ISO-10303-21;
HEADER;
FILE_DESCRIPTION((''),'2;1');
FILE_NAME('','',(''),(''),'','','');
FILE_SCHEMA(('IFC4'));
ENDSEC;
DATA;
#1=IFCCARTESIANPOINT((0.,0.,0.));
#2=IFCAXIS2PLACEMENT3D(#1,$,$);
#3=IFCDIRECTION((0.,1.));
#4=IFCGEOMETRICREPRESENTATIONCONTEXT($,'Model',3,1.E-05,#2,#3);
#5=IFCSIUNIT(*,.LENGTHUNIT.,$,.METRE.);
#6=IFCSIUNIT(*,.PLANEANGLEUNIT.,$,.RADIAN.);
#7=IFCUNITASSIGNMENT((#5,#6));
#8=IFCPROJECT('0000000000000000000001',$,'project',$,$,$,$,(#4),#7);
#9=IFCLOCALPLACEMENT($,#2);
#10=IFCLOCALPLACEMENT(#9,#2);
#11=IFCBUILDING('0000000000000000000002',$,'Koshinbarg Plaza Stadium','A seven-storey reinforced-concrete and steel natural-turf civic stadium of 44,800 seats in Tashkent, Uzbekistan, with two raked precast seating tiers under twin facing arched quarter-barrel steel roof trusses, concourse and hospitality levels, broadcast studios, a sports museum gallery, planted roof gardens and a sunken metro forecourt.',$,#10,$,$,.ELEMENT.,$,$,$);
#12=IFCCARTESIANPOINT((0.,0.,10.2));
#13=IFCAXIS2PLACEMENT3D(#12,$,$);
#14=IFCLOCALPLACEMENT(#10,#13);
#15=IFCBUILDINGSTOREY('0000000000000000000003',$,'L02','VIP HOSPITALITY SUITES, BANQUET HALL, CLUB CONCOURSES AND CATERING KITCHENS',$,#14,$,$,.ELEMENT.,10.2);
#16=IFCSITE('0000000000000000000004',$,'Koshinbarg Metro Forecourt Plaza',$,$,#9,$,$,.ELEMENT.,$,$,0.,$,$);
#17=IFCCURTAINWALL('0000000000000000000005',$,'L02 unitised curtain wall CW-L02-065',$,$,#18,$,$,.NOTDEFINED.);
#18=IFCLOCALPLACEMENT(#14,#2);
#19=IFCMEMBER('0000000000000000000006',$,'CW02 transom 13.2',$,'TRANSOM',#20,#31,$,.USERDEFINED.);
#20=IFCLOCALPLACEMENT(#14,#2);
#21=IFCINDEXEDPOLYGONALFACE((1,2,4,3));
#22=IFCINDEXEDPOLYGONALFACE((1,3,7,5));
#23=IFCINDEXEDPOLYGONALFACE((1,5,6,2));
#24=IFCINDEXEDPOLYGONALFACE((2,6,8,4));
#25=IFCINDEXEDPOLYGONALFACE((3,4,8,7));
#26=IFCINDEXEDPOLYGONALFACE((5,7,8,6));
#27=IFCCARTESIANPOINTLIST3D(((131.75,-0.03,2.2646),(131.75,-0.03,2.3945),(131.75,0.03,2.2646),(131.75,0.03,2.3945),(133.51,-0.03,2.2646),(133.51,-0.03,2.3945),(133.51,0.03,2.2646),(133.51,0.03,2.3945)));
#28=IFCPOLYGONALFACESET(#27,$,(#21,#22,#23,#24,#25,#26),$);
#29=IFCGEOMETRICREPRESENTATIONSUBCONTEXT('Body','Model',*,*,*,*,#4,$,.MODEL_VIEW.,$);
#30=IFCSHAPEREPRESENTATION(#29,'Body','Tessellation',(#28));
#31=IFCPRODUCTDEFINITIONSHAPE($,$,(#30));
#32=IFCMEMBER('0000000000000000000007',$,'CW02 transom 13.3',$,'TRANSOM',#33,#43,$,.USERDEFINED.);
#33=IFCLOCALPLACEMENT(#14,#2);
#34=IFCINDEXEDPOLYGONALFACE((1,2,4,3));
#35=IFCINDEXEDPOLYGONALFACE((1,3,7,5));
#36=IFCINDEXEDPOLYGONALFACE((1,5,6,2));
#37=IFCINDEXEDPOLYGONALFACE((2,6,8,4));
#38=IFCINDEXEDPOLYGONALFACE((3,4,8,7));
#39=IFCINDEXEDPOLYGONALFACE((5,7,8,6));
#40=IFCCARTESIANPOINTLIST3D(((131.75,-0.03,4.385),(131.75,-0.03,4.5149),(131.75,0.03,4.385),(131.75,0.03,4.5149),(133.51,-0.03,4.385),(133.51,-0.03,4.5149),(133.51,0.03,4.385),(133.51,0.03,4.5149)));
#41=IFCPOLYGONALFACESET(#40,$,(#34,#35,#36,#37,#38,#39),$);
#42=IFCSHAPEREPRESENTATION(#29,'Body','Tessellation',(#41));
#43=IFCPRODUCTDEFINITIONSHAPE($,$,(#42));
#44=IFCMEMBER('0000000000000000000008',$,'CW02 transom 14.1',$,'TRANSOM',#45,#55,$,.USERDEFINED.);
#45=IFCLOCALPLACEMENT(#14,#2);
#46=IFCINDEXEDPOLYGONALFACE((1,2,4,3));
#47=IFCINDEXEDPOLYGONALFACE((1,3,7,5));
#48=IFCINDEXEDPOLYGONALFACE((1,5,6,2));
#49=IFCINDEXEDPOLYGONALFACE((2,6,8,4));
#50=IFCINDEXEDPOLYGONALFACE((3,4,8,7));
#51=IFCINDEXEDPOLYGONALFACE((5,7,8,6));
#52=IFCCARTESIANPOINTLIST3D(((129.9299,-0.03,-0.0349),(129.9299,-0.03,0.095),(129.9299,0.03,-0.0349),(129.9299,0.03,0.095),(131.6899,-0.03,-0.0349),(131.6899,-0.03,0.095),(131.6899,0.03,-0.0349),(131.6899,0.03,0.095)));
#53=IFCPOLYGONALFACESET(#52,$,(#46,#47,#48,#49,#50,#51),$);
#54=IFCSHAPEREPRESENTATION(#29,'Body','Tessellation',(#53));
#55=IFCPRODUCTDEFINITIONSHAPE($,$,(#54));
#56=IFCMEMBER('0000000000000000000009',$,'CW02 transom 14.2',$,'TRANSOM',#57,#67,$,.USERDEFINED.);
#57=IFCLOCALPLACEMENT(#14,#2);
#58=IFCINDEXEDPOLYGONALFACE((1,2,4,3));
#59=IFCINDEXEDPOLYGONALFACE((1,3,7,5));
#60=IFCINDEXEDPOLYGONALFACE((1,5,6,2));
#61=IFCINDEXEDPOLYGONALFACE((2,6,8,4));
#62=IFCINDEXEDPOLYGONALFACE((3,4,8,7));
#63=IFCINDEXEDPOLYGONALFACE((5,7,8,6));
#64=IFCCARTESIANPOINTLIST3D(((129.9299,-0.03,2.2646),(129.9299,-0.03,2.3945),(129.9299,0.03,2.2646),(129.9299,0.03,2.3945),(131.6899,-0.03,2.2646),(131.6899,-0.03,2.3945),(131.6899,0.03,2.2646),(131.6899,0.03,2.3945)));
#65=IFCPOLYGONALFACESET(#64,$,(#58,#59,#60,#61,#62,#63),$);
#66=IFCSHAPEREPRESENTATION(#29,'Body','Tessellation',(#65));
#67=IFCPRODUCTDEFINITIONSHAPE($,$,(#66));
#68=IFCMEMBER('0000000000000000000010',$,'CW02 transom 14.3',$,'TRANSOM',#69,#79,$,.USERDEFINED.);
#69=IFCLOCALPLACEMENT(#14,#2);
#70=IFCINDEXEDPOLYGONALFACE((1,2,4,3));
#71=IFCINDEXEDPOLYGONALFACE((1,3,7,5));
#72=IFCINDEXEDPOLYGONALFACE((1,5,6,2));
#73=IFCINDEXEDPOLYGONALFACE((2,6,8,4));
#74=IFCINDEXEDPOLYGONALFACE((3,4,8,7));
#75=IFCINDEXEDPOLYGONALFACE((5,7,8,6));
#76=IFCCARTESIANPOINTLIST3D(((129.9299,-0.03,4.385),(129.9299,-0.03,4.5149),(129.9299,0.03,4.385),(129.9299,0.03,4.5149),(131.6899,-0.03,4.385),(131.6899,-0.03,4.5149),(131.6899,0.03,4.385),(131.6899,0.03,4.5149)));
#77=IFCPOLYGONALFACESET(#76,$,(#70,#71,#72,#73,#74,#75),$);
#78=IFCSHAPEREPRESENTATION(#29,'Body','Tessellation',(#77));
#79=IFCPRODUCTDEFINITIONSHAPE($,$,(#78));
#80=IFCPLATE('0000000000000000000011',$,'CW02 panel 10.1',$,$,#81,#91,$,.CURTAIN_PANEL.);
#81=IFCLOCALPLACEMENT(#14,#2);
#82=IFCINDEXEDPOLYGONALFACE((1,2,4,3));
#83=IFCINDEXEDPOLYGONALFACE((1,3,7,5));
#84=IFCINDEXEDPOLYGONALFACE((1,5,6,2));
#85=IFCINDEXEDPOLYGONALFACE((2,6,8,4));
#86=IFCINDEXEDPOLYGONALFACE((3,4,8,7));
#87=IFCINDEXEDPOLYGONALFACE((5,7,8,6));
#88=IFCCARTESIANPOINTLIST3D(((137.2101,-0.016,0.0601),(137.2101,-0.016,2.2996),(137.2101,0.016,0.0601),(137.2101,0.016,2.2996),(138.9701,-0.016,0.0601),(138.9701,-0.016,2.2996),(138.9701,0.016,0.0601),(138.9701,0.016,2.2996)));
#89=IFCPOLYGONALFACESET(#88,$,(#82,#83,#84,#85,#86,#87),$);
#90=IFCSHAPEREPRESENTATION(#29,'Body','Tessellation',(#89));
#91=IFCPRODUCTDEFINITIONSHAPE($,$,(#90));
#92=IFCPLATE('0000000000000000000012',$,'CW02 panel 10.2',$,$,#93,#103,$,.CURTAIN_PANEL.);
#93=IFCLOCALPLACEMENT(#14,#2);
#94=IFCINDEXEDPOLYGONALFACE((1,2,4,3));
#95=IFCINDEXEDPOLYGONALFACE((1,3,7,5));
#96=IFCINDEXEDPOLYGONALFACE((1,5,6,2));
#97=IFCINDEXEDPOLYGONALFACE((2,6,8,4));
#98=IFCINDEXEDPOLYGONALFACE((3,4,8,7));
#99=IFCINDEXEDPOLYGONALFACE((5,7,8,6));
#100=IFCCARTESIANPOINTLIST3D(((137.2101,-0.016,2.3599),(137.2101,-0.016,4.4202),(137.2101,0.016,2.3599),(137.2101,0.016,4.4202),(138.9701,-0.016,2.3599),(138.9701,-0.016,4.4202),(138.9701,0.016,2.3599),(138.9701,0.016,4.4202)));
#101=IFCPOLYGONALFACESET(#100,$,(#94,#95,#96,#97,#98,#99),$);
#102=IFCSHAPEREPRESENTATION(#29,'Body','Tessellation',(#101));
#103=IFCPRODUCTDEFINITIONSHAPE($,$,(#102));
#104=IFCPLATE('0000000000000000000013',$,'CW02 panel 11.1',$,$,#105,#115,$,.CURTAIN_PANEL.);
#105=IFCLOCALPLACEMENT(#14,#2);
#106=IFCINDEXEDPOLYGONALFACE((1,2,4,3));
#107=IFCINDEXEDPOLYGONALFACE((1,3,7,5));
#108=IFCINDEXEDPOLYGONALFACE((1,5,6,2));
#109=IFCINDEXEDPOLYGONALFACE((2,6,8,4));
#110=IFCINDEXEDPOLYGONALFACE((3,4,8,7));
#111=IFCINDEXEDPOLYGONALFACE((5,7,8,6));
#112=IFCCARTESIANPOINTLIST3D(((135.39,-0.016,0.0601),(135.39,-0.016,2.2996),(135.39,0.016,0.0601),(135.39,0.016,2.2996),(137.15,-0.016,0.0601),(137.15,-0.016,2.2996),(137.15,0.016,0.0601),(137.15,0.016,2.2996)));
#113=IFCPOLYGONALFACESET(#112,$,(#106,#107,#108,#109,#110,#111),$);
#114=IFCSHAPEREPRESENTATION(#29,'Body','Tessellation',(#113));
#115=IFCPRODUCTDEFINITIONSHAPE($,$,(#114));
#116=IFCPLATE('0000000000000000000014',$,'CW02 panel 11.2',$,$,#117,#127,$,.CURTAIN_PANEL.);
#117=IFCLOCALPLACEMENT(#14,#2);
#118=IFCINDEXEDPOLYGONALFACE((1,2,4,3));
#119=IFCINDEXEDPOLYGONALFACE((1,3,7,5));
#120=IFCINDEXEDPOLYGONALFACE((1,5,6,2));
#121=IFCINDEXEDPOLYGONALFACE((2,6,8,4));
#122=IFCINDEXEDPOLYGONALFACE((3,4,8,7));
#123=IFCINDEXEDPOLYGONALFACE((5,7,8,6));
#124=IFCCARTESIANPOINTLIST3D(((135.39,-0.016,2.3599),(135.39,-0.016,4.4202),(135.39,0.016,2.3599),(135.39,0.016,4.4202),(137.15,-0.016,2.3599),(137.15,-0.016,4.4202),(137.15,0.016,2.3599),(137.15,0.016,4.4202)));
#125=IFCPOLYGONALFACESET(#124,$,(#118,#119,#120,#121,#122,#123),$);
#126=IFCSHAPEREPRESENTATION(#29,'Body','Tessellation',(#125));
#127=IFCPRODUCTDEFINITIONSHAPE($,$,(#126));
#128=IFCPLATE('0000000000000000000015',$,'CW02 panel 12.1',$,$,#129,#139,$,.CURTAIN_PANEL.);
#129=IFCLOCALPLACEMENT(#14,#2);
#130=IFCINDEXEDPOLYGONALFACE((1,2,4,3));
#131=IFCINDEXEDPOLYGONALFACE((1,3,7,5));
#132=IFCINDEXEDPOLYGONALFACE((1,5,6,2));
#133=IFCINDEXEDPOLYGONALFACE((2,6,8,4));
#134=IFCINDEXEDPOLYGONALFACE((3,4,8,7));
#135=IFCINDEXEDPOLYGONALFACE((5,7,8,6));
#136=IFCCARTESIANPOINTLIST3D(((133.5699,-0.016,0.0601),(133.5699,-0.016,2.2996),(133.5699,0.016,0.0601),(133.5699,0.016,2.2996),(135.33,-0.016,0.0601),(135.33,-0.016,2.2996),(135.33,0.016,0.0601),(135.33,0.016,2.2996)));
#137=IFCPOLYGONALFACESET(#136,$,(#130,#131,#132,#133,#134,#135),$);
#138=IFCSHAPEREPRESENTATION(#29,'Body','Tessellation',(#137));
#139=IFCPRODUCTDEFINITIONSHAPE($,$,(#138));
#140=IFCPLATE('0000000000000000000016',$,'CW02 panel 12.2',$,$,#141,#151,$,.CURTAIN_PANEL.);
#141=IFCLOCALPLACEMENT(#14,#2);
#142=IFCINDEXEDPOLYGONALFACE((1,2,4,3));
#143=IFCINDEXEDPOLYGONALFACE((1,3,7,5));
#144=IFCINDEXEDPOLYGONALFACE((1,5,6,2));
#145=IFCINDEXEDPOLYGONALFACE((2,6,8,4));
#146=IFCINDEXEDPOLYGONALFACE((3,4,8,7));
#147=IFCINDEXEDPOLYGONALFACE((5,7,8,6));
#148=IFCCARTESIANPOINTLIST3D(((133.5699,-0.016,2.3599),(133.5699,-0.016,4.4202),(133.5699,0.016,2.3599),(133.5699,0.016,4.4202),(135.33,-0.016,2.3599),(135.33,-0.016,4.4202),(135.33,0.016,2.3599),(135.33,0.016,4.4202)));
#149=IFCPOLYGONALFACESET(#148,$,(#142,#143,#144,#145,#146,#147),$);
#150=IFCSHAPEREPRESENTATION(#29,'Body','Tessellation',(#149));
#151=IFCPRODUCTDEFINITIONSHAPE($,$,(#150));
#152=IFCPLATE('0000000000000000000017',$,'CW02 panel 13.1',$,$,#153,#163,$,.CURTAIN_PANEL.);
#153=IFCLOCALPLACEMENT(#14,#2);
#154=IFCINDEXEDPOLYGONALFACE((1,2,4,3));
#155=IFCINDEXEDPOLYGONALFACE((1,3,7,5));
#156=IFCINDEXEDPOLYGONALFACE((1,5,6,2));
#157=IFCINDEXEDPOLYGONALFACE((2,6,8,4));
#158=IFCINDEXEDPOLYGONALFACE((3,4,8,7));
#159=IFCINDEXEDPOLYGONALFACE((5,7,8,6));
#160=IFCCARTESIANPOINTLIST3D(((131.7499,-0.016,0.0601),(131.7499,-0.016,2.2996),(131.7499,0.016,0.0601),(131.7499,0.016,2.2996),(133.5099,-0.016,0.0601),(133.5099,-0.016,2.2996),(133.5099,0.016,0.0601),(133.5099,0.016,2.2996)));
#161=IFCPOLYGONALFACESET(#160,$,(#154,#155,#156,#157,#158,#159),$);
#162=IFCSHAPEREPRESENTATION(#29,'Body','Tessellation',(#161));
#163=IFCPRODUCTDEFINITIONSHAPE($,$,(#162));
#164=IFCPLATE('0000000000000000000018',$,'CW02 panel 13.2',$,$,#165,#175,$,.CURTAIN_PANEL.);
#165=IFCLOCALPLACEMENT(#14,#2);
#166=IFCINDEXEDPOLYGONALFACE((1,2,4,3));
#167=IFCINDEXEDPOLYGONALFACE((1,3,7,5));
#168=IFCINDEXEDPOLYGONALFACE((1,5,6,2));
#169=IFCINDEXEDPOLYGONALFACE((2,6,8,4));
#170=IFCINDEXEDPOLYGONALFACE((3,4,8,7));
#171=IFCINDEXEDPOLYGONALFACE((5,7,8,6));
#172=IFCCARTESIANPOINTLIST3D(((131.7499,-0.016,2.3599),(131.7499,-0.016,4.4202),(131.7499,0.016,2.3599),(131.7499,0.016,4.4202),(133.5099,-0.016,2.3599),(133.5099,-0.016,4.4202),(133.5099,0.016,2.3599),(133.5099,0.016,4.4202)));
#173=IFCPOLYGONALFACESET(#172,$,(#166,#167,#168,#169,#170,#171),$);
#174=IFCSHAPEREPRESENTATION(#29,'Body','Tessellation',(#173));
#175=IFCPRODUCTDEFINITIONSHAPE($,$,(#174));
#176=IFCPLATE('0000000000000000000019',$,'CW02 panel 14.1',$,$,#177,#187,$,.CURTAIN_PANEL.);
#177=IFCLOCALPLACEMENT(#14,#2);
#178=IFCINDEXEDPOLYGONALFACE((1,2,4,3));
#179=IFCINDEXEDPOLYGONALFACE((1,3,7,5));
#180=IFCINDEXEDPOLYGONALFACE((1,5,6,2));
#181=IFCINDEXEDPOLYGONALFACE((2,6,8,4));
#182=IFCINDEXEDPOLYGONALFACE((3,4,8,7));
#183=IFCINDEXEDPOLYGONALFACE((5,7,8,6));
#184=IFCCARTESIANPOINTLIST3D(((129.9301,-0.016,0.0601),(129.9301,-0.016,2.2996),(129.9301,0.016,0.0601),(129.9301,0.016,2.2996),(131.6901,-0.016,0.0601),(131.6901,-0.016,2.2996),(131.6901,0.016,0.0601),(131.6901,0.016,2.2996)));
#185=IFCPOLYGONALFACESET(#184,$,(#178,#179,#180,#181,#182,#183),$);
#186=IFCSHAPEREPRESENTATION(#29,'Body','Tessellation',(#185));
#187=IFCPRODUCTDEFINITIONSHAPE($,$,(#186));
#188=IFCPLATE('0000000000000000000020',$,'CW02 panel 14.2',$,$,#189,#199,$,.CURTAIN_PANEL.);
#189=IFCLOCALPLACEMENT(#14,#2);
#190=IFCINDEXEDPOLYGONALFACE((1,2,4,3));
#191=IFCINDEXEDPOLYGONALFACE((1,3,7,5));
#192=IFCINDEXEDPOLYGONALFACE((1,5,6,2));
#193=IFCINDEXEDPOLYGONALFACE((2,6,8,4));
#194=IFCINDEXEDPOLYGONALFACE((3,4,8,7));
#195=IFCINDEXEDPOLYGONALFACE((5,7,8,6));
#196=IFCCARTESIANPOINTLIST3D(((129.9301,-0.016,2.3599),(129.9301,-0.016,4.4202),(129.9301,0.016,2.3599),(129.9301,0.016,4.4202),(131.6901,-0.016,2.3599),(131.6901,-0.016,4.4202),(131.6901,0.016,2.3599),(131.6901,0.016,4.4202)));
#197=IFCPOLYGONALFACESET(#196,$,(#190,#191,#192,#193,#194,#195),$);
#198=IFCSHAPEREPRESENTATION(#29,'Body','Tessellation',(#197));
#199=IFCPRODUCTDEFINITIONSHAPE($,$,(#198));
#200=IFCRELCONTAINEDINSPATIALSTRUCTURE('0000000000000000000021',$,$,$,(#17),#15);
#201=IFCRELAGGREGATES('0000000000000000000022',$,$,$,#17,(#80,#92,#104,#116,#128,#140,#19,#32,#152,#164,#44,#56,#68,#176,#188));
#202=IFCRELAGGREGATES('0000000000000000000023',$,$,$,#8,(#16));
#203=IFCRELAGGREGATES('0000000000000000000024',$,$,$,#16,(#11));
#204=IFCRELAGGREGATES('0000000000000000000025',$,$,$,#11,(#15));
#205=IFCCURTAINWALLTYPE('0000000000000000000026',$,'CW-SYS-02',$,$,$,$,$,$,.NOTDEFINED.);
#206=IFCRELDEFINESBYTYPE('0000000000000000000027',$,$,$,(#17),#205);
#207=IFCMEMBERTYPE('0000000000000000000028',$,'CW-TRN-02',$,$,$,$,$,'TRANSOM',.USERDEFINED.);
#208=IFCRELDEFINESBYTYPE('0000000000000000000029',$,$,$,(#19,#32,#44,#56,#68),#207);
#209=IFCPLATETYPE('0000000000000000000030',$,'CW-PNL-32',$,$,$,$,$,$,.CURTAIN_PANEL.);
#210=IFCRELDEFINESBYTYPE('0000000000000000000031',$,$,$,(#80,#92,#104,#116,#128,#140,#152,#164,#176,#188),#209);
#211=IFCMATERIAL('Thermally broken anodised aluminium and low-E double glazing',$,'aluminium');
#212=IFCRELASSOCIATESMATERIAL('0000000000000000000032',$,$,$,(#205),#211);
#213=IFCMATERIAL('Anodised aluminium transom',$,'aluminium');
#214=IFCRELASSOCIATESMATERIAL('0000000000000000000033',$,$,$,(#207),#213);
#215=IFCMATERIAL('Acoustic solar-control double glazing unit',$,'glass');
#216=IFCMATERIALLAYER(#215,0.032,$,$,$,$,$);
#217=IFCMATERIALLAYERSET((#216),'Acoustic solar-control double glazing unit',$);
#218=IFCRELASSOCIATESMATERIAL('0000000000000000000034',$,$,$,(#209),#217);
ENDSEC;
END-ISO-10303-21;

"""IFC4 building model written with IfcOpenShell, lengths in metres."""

from ifc_helpers import new_model, si_unit, direction, frame, origin, origin_2d, place, context, subcontext, project, spatial, rectangle, extrude, material, layer, layer_set, material_profile, profile_set, type_object, element, aggregate, save


model = new_model("IFC4")

# Units and contexts
model_context = context("Model", 3, precision=1e-05, world=origin(), true_north=direction((0.0, 1.0)))
body_context = subcontext(model_context, "Body", "Model", "MODEL_VIEW")
ifc_project = project(units=[si_unit("LENGTHUNIT", "METRE"), si_unit("PLANEANGLEUNIT", "RADIAN")], contexts=[model_context])

# Site, building, storey
site_placement = place(None, origin())
site = spatial("IfcSite", under=ifc_project, at=site_placement, Name="Koshinbarg Metro Forecourt Plaza", CompositionType="ELEMENT", RefElevation=0.0)
building_placement = place(site_placement, origin())
building = spatial("IfcBuilding", under=site, at=building_placement, Name="Koshinbarg Plaza Stadium", Description="A seven-storey reinforced-concrete and steel natural-turf civic stadium of 44,800 seats in Tashkent, Uzbekistan, with two raked precast seating tiers under twin facing arched quarter-barrel steel roof trusses, concourse and hospitality levels, broadcast studios, a sports museum gallery, planted roof gardens and a sunken metro forecourt.", CompositionType="ELEMENT")
storey_placement = place(building_placement, frame((0.0, 0.0, 10.2)))
storey = spatial("IfcBuildingStorey", under=building, at=storey_placement, Name="L02", Description="VIP HOSPITALITY SUITES, BANQUET HALL, CLUB CONCOURSES AND CATERING KITCHENS", CompositionType="ELEMENT", Elevation=10.2)

# Curtain wall, members, plates
ifc_material_1 = material(Name="Thermally broken anodised aluminium and low-E double glazing", Category="aluminium")
curtain_wall_type = type_object("IfcCurtainWallType", Name="CW-SYS-02", PredefinedType="NOTDEFINED", material=ifc_material_1)
curtain_wall_placement = place(storey_placement, origin())
curtain_wall = element("IfcCurtainWall", 1, at=curtain_wall_placement, inside=storey, type_object=curtain_wall_type, Name="L02 unitised curtain wall CW-L02-065", PredefinedType="NOTDEFINED")
ifc_material_2 = material(Name="Anodised aluminium transom", Category="aluminium")
ifc_material_profile_1 = material_profile(ifc_material_2, rectangle(XDim=0.0601, YDim=0.1299, at=origin_2d()), Name="ALU 60x130")
ifc_profile_set_1 = profile_set([ifc_material_profile_1], Name="Anodised aluminium transom")
member_type_1 = type_object("IfcMemberType", Name="CW-TRN-02", ElementType="TRANSOM", PredefinedType="USERDEFINED", material=ifc_profile_set_1)
member_1_placement = place(storey_placement, frame((133.51, 0.0, 2.3296), z_axis=(-1.0, 0.0, 0.0), x_axis=(0.0, -1.0, 0.0)))
member_1 = element("IfcMember", 2, at=member_1_placement, type_object=member_type_1, Name="CW02 transom 13.2", ObjectType="TRANSOM", PredefinedType="USERDEFINED", context=body_context, shape_type="SweptSolid", body=[
    extrude(rectangle(XDim=0.0601, YDim=0.1299, at=origin_2d()), origin(), (0.0, 0.0, 1.0), 1.76),
])
member_2_placement = place(storey_placement, frame((133.51, 0.0, 4.45), z_axis=(-1.0, 0.0, 0.0), x_axis=(0.0, -1.0, 0.0)))
member_2 = element("IfcMember", 3, at=member_2_placement, type_object=member_type_1, Name="CW02 transom 13.3", ObjectType="TRANSOM", PredefinedType="USERDEFINED", context=body_context, shape_type="SweptSolid", body=[
    extrude(rectangle(XDim=0.0601, YDim=0.1299, at=origin_2d()), origin(), (0.0, 0.0, 1.0), 1.76),
])
member_3_placement = place(storey_placement, frame((131.6899, 0.0, 0.03), z_axis=(-1.0, 0.0, 0.0), x_axis=(0.0, -1.0, 0.0)))
member_3 = element("IfcMember", 4, at=member_3_placement, type_object=member_type_1, Name="CW02 transom 14.1", ObjectType="TRANSOM", PredefinedType="USERDEFINED", context=body_context, shape_type="SweptSolid", body=[
    extrude(rectangle(XDim=0.0601, YDim=0.1299, at=origin_2d()), origin(), (0.0, 0.0, 1.0), 1.76),
])
member_4_placement = place(storey_placement, frame((131.6899, 0.0, 2.3296), z_axis=(-1.0, 0.0, 0.0), x_axis=(0.0, -1.0, 0.0)))
member_4 = element("IfcMember", 5, at=member_4_placement, type_object=member_type_1, Name="CW02 transom 14.2", ObjectType="TRANSOM", PredefinedType="USERDEFINED", context=body_context, shape_type="SweptSolid", body=[
    extrude(rectangle(XDim=0.0601, YDim=0.1299, at=origin_2d()), origin(), (0.0, 0.0, 1.0), 1.76),
])
member_5_placement = place(storey_placement, frame((131.6899, 0.0, 4.45), z_axis=(-1.0, 0.0, 0.0), x_axis=(0.0, -1.0, 0.0)))
member_5 = element("IfcMember", 6, at=member_5_placement, type_object=member_type_1, Name="CW02 transom 14.3", ObjectType="TRANSOM", PredefinedType="USERDEFINED", context=body_context, shape_type="SweptSolid", body=[
    extrude(rectangle(XDim=0.0601, YDim=0.1299, at=origin_2d()), origin(), (0.0, 0.0, 1.0), 1.76),
])
ifc_material_3 = material(Name="Acoustic solar-control double glazing unit", Category="glass")
ifc_layer = layer(ifc_material_3, 0.032)
ifc_layer_set = layer_set([ifc_layer], Name="Acoustic solar-control double glazing unit")
plate_type = type_object("IfcPlateType", Name="CW-PNL-32", PredefinedType="CURTAIN_PANEL", material=ifc_layer_set)
plate_1_placement = place(storey_placement, frame((138.0901, 0.0, 0.0601), z_axis=(0.0, 0.0, 1.0), x_axis=(-1.0, 0.0, 0.0)))
plate_1 = element("IfcPlate", 7, at=plate_1_placement, type_object=plate_type, Name="CW02 panel 10.1", PredefinedType="CURTAIN_PANEL", context=body_context, shape_type="SweptSolid", body=[
    extrude(rectangle(XDim=1.76, YDim=0.032, at=origin_2d()), origin(), (0.0, 0.0, 1.0), 2.2395),
])
plate_2_placement = place(storey_placement, frame((138.0901, 0.0, 2.3599), z_axis=(0.0, 0.0, 1.0), x_axis=(-1.0, 0.0, 0.0)))
plate_2 = element("IfcPlate", 8, at=plate_2_placement, type_object=plate_type, Name="CW02 panel 10.2", PredefinedType="CURTAIN_PANEL", context=body_context, shape_type="SweptSolid", body=[
    extrude(rectangle(XDim=1.76, YDim=0.032, at=origin_2d()), origin(), (0.0, 0.0, 1.0), 2.0603),
])
plate_3_placement = place(storey_placement, frame((136.27, 0.0, 0.0601), z_axis=(0.0, 0.0, 1.0), x_axis=(-1.0, 0.0, 0.0)))
plate_3 = element("IfcPlate", 9, at=plate_3_placement, type_object=plate_type, Name="CW02 panel 11.1", PredefinedType="CURTAIN_PANEL", context=body_context, shape_type="SweptSolid", body=[
    extrude(rectangle(XDim=1.76, YDim=0.032, at=origin_2d()), origin(), (0.0, 0.0, 1.0), 2.2395),
])
plate_4_placement = place(storey_placement, frame((136.27, 0.0, 2.3599), z_axis=(0.0, 0.0, 1.0), x_axis=(-1.0, 0.0, 0.0)))
plate_4 = element("IfcPlate", 10, at=plate_4_placement, type_object=plate_type, Name="CW02 panel 11.2", PredefinedType="CURTAIN_PANEL", context=body_context, shape_type="SweptSolid", body=[
    extrude(rectangle(XDim=1.76, YDim=0.032, at=origin_2d()), origin(), (0.0, 0.0, 1.0), 2.0603),
])
plate_5_placement = place(storey_placement, frame((134.45, 0.0, 0.0601), z_axis=(0.0, 0.0, 1.0), x_axis=(-1.0, 0.0, 0.0)))
plate_5 = element("IfcPlate", 11, at=plate_5_placement, type_object=plate_type, Name="CW02 panel 12.1", PredefinedType="CURTAIN_PANEL", context=body_context, shape_type="SweptSolid", body=[
    extrude(rectangle(XDim=1.76, YDim=0.032, at=origin_2d()), origin(), (0.0, 0.0, 1.0), 2.2395),
])
plate_6_placement = place(storey_placement, frame((134.45, 0.0, 2.3599), z_axis=(0.0, 0.0, 1.0), x_axis=(-1.0, 0.0, 0.0)))
plate_6 = element("IfcPlate", 12, at=plate_6_placement, type_object=plate_type, Name="CW02 panel 12.2", PredefinedType="CURTAIN_PANEL", context=body_context, shape_type="SweptSolid", body=[
    extrude(rectangle(XDim=1.76, YDim=0.032, at=origin_2d()), origin(), (0.0, 0.0, 1.0), 2.0603),
])
plate_7_placement = place(storey_placement, frame((132.6299, 0.0, 0.0601), z_axis=(0.0, 0.0, 1.0), x_axis=(-1.0, 0.0, 0.0)))
plate_7 = element("IfcPlate", 13, at=plate_7_placement, type_object=plate_type, Name="CW02 panel 13.1", PredefinedType="CURTAIN_PANEL", context=body_context, shape_type="SweptSolid", body=[
    extrude(rectangle(XDim=1.76, YDim=0.032, at=origin_2d()), origin(), (0.0, 0.0, 1.0), 2.2395),
])
plate_8_placement = place(storey_placement, frame((132.6299, 0.0, 2.3599), z_axis=(0.0, 0.0, 1.0), x_axis=(-1.0, 0.0, 0.0)))
plate_8 = element("IfcPlate", 14, at=plate_8_placement, type_object=plate_type, Name="CW02 panel 13.2", PredefinedType="CURTAIN_PANEL", context=body_context, shape_type="SweptSolid", body=[
    extrude(rectangle(XDim=1.76, YDim=0.032, at=origin_2d()), origin(), (0.0, 0.0, 1.0), 2.0603),
])
plate_9_placement = place(storey_placement, frame((130.8101, 0.0, 0.0601), z_axis=(0.0, 0.0, 1.0), x_axis=(-1.0, 0.0, 0.0)))
plate_9 = element("IfcPlate", 15, at=plate_9_placement, type_object=plate_type, Name="CW02 panel 14.1", PredefinedType="CURTAIN_PANEL", context=body_context, shape_type="SweptSolid", body=[
    extrude(rectangle(XDim=1.76, YDim=0.032, at=origin_2d()), origin(), (0.0, 0.0, 1.0), 2.2395),
])
plate_10_placement = place(storey_placement, frame((130.8101, 0.0, 2.3599), z_axis=(0.0, 0.0, 1.0), x_axis=(-1.0, 0.0, 0.0)))
plate_10 = element("IfcPlate", 16, at=plate_10_placement, type_object=plate_type, Name="CW02 panel 14.2", PredefinedType="CURTAIN_PANEL", context=body_context, shape_type="SweptSolid", body=[
    extrude(rectangle(XDim=1.76, YDim=0.032, at=origin_2d()), origin(), (0.0, 0.0, 1.0), 2.0603),
])
aggregate(curtain_wall, [plate_1, plate_2, plate_3, plate_4, plate_5, plate_6, member_1, member_2, plate_7, plate_8, member_3, member_4, member_5, plate_9, plate_10])

save(model, "model.ifc")
